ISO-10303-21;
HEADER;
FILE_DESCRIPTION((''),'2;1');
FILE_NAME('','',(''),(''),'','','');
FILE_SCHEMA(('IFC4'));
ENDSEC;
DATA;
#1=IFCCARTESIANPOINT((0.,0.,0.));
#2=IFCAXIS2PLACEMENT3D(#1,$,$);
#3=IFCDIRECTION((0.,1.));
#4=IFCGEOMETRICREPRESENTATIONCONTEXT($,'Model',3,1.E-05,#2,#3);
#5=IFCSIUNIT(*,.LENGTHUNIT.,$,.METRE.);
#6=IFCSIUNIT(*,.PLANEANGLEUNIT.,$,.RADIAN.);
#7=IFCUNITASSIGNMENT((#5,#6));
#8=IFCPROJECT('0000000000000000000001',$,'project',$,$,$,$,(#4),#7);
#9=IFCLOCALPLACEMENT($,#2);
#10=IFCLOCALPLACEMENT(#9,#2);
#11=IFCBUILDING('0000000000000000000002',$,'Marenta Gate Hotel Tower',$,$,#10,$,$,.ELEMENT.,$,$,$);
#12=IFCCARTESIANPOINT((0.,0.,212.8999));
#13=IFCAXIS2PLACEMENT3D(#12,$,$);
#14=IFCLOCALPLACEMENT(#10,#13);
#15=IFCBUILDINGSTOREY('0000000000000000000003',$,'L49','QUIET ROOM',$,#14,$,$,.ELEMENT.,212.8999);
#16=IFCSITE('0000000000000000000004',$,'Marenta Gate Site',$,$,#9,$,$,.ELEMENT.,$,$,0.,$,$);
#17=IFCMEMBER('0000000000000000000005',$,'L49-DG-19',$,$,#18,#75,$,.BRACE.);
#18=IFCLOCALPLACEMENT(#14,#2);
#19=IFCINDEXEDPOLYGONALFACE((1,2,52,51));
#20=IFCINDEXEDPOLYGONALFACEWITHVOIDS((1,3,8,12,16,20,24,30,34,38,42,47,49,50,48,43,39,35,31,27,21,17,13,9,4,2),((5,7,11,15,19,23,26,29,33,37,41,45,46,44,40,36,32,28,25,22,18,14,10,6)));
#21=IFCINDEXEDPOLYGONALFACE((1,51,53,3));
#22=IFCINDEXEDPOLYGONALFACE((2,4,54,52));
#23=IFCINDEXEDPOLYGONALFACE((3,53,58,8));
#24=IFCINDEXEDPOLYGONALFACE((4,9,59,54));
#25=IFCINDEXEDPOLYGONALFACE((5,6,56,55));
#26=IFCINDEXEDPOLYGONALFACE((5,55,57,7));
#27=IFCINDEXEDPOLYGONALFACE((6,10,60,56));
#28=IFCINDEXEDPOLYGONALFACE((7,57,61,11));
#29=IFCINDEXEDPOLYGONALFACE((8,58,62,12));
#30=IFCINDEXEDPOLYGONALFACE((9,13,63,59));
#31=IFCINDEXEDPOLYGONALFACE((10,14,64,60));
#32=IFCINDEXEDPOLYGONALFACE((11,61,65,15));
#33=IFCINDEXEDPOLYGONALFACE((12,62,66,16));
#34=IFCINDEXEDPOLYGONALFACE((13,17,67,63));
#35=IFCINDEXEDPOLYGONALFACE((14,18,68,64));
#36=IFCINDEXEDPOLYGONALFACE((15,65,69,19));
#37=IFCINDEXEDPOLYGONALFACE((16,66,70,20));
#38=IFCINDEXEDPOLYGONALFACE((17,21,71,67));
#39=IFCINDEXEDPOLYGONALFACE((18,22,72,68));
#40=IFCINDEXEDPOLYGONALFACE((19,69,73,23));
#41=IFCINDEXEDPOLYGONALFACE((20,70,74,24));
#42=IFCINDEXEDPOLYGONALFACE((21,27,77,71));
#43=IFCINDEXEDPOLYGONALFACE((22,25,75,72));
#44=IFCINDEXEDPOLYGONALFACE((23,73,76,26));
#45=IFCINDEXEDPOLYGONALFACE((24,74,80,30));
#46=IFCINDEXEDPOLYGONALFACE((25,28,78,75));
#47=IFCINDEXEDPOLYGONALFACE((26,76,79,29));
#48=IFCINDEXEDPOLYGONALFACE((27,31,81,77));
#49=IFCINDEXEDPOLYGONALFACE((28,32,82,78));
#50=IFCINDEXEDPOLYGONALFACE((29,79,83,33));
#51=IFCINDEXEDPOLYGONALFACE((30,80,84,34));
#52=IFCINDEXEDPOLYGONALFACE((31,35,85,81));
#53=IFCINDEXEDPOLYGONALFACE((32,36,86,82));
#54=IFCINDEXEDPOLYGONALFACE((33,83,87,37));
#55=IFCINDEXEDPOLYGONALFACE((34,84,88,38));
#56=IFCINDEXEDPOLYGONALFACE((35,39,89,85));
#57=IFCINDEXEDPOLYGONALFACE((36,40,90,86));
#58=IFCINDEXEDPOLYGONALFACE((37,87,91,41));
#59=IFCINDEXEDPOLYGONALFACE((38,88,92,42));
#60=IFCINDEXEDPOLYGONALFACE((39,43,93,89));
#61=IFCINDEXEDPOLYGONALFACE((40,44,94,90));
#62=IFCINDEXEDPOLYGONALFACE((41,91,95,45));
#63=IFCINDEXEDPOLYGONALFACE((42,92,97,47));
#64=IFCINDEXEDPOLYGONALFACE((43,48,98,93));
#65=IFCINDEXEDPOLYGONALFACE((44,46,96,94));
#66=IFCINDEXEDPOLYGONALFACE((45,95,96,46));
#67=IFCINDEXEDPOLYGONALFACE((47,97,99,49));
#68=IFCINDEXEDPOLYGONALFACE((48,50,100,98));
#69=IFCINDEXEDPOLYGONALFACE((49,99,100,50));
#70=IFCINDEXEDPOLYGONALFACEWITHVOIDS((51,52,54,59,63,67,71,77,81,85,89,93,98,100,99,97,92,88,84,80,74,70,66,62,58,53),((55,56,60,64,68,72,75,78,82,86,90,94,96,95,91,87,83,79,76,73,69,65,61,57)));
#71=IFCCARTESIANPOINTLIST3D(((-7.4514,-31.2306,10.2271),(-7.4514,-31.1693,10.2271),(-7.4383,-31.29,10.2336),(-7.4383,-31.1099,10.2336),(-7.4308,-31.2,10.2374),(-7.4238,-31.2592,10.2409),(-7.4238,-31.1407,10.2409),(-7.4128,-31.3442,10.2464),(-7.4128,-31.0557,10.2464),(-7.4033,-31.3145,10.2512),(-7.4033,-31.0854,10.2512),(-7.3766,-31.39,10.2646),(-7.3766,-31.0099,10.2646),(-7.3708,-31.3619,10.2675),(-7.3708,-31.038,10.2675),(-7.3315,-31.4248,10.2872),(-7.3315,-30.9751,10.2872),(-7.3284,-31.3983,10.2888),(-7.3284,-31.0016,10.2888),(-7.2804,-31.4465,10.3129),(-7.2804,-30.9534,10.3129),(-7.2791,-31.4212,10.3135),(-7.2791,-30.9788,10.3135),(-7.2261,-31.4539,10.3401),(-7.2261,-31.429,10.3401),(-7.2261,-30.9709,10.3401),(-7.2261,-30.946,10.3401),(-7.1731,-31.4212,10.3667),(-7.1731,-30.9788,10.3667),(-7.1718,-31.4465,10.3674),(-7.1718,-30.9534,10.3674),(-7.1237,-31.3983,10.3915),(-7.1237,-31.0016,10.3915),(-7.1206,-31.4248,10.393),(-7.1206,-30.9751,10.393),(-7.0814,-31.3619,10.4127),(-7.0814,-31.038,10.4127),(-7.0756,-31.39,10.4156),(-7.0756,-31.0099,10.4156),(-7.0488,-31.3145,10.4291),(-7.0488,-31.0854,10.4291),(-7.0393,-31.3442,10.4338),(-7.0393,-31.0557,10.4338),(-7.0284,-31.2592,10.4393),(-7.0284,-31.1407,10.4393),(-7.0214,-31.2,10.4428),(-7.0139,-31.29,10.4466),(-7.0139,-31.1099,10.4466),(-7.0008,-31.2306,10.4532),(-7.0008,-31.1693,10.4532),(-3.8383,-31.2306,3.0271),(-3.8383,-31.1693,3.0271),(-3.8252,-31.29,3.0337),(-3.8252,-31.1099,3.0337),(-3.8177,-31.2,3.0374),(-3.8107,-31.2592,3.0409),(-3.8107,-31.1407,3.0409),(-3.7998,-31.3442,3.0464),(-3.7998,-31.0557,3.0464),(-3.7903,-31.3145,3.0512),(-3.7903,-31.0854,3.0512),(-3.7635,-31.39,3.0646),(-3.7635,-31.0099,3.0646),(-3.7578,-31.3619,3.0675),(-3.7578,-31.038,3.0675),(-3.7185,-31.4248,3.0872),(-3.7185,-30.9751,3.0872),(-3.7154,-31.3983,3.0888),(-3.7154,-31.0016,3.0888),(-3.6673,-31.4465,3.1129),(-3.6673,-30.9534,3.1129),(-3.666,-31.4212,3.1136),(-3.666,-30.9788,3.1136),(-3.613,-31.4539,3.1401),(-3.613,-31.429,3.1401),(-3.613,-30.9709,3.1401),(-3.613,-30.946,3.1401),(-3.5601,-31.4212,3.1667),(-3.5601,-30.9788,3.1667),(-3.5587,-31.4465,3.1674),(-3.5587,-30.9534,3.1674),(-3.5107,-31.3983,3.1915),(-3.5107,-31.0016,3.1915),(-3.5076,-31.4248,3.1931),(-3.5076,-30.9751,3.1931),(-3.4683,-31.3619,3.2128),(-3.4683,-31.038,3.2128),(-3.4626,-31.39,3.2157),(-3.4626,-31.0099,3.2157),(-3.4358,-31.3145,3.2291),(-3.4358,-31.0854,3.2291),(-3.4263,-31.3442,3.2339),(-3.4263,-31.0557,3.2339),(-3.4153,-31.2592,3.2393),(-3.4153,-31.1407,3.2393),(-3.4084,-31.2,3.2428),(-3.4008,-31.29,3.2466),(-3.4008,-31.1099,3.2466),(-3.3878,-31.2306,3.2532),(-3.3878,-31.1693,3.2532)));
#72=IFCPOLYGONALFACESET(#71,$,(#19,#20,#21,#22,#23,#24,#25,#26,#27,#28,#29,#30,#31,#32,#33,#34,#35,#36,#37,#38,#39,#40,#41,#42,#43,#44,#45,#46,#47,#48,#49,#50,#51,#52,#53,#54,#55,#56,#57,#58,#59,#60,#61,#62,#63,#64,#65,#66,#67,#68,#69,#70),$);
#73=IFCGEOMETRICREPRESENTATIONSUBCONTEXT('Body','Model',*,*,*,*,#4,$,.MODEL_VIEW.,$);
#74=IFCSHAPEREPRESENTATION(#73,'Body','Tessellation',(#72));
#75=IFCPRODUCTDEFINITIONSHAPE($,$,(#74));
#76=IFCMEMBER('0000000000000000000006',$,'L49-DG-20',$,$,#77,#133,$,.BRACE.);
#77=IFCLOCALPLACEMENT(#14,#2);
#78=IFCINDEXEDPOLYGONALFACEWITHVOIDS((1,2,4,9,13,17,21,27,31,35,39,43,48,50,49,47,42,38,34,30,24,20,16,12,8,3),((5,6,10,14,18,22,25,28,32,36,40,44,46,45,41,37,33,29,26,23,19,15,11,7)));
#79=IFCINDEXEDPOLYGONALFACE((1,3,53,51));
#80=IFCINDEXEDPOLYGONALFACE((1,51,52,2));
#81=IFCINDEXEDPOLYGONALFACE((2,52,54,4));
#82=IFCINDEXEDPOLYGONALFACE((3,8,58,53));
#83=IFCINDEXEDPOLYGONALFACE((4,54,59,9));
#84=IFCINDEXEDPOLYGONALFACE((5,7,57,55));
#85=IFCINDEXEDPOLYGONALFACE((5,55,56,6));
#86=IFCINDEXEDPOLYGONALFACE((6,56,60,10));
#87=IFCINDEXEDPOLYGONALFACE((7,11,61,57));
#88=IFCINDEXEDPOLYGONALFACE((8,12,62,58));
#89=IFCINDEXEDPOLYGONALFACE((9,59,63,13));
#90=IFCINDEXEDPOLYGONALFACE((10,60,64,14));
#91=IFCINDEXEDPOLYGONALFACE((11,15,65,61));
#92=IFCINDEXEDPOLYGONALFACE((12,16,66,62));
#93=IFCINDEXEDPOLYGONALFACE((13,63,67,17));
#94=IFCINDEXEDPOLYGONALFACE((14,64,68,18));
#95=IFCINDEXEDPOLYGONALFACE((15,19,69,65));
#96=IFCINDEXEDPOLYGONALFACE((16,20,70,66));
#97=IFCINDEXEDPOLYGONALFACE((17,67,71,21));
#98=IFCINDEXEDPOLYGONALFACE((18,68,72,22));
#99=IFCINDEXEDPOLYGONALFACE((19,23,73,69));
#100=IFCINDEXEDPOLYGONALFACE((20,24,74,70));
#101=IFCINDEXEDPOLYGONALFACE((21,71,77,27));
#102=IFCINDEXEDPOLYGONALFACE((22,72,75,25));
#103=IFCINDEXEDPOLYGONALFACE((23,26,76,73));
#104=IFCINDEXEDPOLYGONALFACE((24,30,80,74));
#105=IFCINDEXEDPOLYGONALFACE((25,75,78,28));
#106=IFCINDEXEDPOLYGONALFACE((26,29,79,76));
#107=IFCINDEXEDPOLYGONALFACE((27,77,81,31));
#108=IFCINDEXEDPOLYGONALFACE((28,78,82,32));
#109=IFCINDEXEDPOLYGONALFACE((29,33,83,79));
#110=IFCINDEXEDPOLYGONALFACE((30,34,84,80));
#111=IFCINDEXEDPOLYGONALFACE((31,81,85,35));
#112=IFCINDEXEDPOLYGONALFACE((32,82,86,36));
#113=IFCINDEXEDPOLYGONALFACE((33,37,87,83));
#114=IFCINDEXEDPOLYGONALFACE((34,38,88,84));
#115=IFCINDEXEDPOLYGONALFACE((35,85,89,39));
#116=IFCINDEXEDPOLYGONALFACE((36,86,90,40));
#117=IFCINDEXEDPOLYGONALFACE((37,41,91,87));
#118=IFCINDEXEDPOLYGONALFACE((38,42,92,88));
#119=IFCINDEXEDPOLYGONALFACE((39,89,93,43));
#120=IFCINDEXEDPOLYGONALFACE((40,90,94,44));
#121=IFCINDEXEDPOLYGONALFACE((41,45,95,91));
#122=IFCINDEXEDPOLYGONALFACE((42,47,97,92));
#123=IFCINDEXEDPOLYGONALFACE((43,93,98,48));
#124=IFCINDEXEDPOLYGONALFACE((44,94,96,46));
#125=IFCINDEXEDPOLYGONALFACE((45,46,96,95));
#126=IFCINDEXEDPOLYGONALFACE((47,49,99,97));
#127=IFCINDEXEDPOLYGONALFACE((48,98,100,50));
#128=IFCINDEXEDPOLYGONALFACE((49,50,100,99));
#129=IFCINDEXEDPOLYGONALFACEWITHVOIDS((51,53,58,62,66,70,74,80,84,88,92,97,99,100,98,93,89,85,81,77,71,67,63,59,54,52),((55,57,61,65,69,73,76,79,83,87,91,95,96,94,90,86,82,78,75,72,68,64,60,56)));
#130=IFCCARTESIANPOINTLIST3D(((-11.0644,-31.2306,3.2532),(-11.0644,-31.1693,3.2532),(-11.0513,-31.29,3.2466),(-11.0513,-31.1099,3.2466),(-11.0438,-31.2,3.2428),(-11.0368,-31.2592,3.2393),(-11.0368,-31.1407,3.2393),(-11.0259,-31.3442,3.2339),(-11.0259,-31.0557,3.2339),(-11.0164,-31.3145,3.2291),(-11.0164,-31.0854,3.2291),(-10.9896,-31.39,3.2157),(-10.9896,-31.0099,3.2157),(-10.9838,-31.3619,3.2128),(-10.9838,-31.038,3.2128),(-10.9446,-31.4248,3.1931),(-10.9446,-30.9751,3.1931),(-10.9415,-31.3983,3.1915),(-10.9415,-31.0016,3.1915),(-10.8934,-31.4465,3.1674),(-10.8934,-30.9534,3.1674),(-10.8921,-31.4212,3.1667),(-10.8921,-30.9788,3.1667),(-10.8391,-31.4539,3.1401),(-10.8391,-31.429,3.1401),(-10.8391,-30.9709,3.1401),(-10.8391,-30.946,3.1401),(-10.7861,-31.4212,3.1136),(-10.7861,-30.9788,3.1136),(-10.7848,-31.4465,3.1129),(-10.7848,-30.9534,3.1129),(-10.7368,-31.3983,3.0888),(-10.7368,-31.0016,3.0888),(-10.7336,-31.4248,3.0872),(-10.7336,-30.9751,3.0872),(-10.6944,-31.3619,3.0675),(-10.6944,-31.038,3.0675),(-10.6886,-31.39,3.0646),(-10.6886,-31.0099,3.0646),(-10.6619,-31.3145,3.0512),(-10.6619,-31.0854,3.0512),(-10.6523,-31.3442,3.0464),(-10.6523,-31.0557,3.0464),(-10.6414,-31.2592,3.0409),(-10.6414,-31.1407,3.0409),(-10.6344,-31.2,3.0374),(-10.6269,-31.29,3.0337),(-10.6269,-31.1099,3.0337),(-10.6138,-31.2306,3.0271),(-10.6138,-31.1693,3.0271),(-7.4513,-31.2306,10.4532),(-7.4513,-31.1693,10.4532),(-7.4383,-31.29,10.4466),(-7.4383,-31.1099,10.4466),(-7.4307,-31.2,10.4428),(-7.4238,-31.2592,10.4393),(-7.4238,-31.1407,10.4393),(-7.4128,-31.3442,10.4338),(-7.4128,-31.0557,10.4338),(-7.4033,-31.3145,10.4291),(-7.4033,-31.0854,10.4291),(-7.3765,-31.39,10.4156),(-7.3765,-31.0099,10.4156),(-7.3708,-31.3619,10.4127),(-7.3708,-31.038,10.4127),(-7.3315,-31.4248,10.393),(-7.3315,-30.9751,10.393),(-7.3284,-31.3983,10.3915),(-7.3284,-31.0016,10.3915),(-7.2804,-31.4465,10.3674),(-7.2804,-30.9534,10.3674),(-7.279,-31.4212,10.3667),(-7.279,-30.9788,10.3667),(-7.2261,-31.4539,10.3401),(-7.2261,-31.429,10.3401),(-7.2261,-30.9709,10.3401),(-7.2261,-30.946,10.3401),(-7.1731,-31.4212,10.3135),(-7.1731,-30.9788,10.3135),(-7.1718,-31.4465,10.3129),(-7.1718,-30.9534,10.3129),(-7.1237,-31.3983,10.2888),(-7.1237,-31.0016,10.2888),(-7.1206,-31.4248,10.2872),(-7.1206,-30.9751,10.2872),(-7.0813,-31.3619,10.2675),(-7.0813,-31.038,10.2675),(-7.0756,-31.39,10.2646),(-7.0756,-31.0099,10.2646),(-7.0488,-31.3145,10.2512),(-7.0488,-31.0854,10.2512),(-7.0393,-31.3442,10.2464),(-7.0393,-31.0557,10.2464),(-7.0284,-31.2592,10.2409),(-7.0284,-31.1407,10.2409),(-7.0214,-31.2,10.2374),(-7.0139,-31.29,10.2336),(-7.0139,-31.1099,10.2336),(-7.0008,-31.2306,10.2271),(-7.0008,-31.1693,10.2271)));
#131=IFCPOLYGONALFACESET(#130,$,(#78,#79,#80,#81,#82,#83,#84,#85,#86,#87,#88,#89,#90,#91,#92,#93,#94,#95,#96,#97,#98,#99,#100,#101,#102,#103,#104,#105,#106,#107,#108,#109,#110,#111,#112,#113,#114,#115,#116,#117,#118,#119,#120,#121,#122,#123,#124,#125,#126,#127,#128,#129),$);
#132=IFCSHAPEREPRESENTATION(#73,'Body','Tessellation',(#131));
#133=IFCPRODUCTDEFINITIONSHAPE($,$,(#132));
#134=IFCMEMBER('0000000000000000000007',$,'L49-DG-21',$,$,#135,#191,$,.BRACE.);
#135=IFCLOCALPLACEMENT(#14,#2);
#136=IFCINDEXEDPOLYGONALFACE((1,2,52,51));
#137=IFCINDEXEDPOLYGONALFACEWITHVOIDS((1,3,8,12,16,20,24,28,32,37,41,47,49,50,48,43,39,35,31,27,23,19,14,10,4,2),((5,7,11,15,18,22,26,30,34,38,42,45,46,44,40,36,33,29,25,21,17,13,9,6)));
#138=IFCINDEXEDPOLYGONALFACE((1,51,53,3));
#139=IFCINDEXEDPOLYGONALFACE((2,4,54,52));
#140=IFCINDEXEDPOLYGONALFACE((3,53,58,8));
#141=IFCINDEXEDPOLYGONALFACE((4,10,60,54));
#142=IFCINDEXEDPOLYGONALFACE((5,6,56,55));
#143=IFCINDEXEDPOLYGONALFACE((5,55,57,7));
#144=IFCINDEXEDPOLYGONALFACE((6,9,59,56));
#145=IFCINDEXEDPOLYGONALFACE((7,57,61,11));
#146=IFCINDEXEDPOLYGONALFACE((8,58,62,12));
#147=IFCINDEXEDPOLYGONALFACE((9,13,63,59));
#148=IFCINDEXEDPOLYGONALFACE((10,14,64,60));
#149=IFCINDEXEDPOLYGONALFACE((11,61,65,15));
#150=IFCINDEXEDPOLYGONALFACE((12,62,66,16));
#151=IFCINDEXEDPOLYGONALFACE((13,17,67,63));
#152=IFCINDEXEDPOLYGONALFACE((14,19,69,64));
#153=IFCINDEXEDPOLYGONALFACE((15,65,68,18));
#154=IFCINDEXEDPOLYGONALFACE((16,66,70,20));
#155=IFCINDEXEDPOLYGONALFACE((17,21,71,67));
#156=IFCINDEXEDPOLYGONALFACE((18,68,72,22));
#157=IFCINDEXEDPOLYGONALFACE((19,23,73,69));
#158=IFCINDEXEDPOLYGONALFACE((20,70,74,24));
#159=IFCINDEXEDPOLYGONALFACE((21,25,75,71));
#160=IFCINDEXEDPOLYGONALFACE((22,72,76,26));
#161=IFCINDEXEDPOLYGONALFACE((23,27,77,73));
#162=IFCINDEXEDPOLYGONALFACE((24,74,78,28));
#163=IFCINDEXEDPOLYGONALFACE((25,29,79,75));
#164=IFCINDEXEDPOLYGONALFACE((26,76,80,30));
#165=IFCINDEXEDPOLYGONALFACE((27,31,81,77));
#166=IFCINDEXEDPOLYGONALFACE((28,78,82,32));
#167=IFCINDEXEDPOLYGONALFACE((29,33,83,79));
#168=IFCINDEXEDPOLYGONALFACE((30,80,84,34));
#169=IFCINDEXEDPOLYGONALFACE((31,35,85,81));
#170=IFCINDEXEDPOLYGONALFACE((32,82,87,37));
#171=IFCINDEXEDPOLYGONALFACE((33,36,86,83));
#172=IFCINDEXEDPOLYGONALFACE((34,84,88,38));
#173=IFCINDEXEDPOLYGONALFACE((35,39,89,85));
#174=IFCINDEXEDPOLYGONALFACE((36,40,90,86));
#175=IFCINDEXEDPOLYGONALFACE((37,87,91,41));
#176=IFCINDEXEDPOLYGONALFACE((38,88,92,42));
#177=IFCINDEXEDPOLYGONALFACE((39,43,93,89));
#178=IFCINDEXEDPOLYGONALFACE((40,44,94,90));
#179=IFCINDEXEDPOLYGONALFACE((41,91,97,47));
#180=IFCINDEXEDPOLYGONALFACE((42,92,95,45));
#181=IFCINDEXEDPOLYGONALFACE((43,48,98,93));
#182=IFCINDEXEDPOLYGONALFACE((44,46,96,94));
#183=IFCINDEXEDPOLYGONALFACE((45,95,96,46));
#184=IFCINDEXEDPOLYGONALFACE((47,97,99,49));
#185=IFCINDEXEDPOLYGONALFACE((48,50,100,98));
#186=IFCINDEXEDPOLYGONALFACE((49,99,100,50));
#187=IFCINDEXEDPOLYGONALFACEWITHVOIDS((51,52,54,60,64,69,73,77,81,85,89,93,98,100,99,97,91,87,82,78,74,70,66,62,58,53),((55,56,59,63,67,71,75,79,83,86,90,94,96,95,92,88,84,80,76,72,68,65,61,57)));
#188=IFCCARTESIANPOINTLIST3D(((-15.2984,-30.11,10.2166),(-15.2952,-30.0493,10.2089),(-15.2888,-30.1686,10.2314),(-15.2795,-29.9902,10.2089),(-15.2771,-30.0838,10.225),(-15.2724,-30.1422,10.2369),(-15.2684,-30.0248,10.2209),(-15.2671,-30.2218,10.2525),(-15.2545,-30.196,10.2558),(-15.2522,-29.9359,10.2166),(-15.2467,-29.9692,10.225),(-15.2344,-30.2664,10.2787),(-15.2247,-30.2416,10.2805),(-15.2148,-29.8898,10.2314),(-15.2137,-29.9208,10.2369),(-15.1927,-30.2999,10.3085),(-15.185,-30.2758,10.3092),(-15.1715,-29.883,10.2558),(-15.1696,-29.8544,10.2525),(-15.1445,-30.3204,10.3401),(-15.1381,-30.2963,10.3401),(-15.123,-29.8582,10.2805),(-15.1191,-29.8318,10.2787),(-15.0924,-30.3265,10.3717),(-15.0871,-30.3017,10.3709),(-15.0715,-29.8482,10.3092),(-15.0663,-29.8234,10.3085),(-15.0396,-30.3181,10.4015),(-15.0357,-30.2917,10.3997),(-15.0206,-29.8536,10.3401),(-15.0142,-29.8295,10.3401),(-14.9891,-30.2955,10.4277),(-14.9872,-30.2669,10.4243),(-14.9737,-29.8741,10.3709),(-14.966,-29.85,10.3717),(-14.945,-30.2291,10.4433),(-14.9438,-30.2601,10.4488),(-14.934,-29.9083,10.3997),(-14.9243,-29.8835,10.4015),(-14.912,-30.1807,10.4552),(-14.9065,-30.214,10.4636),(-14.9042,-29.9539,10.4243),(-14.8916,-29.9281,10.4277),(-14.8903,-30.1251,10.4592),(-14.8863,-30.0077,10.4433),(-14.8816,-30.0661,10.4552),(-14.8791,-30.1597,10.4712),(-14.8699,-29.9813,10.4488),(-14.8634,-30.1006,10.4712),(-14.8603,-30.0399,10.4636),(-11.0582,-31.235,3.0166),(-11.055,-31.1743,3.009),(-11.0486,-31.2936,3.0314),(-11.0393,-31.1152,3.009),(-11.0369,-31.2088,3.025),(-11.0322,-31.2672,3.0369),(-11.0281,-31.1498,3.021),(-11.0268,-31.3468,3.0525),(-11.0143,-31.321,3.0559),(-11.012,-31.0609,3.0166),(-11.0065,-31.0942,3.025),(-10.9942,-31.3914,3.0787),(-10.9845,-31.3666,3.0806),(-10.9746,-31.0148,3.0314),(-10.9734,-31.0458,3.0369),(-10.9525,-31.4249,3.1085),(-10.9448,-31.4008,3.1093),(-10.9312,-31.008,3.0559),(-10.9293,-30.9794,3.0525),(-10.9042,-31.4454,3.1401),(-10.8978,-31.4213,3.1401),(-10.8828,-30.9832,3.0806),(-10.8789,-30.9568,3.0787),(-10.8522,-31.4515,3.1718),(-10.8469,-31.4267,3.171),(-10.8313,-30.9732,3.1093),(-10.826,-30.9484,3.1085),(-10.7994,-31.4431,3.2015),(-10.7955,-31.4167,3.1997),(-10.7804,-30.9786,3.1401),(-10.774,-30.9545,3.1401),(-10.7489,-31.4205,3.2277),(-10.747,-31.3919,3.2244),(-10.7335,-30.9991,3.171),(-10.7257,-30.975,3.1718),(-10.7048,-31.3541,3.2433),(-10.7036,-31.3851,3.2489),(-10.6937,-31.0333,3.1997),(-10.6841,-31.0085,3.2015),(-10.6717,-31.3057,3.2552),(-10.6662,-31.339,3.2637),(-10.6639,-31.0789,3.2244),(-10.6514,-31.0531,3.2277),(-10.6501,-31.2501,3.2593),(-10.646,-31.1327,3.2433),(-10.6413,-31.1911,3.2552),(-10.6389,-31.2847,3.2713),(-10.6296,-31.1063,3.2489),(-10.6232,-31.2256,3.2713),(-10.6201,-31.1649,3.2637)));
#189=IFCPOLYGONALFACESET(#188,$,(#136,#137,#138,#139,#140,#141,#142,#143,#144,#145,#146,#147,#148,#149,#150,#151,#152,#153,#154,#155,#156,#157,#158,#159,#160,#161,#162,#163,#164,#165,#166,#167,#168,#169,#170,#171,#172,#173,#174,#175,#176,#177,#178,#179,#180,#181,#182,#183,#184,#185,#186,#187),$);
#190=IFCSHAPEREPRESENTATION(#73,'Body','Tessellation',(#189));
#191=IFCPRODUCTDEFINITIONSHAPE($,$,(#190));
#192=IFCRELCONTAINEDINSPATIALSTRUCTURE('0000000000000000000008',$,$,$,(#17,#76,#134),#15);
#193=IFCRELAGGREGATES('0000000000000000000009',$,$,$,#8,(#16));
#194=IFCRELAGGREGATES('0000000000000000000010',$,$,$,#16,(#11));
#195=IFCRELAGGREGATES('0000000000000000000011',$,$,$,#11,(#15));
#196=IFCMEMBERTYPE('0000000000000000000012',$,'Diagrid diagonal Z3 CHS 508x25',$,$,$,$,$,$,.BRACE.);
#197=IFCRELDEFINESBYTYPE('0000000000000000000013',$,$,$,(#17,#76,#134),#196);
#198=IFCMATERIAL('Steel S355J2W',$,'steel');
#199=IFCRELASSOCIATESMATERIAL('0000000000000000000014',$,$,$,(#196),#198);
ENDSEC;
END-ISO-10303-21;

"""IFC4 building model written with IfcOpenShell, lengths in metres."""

from ifc_helpers import new_model, si_unit, direction, frame, origin, origin_2d, place, context, subcontext, project, spatial, hollow_circle, extrude, material, material_profile, profile_set, type_object, element, save


model = new_model("IFC4")

# Units and contexts
model_context = context("Model", 3, precision=1e-05, world=origin(), true_north=direction((0.0, 1.0)))
body_context = subcontext(model_context, "Body", "Model", "MODEL_VIEW")
ifc_project = project(units=[si_unit("LENGTHUNIT", "METRE"), si_unit("PLANEANGLEUNIT", "RADIAN")], contexts=[model_context])

# Site, building, storey
site_placement = place(None, origin())
site = spatial("IfcSite", under=ifc_project, at=site_placement, Name="Marenta Gate Site", CompositionType="ELEMENT", RefElevation=0.0)
building_placement = place(site_placement, origin())
building = spatial("IfcBuilding", under=site, at=building_placement, Name="Marenta Gate Hotel Tower", CompositionType="ELEMENT")
storey_placement = place(building_placement, frame((0.0, 0.0, 212.8999)))
storey = spatial("IfcBuildingStorey", under=building, at=storey_placement, Name="L49", Description="QUIET ROOM", CompositionType="ELEMENT", Elevation=212.8999)

# Members
ifc_material_1 = material(Name="Steel S355J2W", Category="steel")
ifc_material_profile_1 = material_profile(ifc_material_1, hollow_circle(Radius=0.2539, WallThickness=0.0249, at=origin_2d()), Name="CHS 508x25")
ifc_profile_set_1 = profile_set([ifc_material_profile_1], Name="Steel S355J2W")
member_type_1 = type_object("IfcMemberType", Name="Diagrid diagonal Z3 CHS 508x25", PredefinedType="BRACE", material=ifc_profile_set_1)
for number, where, z_axis, x_axis, name in (
    (1, (-3.613, -31.2, 3.1401), (-0.44851, 0.0, 0.893778), (0.0, -1.0, 0.0), "L49-DG-19"),
    (2, (-10.8391, -31.2, 3.1401), (0.44851, 0.0, 0.893778), (0.0, 1.0, 0.0), "L49-DG-20"),
):
    element("IfcMember", number, at=place(storey_placement, frame(where, z_axis=z_axis, x_axis=x_axis)), inside=storey, type_object=member_type_1, Name=name, PredefinedType="BRACE", context=body_context, shape_type="SweptSolid", body=[
        extrude(hollow_circle(Radius=0.2539, WallThickness=0.0249, at=origin_2d()), origin(), (0.0, 0.0, 1.0), 8.0557),
    ])
member_1_placement = place(storey_placement, frame((-10.8391, -31.2, 3.1401), z_axis=(-0.502924, 0.133434, 0.853969), x_axis=(-0.256443, -0.966559, 0.0)))
element("IfcMember", 3, at=member_1_placement, inside=storey, type_object=member_type_1, Name="L49-DG-21", PredefinedType="BRACE", context=body_context, shape_type="SweptSolid", body=[
    extrude(hollow_circle(Radius=0.2539, WallThickness=0.0249, at=origin_2d()), origin(), (0.0, 0.0, 1.0), 8.4312),
])

save(model, "model.ifc")
